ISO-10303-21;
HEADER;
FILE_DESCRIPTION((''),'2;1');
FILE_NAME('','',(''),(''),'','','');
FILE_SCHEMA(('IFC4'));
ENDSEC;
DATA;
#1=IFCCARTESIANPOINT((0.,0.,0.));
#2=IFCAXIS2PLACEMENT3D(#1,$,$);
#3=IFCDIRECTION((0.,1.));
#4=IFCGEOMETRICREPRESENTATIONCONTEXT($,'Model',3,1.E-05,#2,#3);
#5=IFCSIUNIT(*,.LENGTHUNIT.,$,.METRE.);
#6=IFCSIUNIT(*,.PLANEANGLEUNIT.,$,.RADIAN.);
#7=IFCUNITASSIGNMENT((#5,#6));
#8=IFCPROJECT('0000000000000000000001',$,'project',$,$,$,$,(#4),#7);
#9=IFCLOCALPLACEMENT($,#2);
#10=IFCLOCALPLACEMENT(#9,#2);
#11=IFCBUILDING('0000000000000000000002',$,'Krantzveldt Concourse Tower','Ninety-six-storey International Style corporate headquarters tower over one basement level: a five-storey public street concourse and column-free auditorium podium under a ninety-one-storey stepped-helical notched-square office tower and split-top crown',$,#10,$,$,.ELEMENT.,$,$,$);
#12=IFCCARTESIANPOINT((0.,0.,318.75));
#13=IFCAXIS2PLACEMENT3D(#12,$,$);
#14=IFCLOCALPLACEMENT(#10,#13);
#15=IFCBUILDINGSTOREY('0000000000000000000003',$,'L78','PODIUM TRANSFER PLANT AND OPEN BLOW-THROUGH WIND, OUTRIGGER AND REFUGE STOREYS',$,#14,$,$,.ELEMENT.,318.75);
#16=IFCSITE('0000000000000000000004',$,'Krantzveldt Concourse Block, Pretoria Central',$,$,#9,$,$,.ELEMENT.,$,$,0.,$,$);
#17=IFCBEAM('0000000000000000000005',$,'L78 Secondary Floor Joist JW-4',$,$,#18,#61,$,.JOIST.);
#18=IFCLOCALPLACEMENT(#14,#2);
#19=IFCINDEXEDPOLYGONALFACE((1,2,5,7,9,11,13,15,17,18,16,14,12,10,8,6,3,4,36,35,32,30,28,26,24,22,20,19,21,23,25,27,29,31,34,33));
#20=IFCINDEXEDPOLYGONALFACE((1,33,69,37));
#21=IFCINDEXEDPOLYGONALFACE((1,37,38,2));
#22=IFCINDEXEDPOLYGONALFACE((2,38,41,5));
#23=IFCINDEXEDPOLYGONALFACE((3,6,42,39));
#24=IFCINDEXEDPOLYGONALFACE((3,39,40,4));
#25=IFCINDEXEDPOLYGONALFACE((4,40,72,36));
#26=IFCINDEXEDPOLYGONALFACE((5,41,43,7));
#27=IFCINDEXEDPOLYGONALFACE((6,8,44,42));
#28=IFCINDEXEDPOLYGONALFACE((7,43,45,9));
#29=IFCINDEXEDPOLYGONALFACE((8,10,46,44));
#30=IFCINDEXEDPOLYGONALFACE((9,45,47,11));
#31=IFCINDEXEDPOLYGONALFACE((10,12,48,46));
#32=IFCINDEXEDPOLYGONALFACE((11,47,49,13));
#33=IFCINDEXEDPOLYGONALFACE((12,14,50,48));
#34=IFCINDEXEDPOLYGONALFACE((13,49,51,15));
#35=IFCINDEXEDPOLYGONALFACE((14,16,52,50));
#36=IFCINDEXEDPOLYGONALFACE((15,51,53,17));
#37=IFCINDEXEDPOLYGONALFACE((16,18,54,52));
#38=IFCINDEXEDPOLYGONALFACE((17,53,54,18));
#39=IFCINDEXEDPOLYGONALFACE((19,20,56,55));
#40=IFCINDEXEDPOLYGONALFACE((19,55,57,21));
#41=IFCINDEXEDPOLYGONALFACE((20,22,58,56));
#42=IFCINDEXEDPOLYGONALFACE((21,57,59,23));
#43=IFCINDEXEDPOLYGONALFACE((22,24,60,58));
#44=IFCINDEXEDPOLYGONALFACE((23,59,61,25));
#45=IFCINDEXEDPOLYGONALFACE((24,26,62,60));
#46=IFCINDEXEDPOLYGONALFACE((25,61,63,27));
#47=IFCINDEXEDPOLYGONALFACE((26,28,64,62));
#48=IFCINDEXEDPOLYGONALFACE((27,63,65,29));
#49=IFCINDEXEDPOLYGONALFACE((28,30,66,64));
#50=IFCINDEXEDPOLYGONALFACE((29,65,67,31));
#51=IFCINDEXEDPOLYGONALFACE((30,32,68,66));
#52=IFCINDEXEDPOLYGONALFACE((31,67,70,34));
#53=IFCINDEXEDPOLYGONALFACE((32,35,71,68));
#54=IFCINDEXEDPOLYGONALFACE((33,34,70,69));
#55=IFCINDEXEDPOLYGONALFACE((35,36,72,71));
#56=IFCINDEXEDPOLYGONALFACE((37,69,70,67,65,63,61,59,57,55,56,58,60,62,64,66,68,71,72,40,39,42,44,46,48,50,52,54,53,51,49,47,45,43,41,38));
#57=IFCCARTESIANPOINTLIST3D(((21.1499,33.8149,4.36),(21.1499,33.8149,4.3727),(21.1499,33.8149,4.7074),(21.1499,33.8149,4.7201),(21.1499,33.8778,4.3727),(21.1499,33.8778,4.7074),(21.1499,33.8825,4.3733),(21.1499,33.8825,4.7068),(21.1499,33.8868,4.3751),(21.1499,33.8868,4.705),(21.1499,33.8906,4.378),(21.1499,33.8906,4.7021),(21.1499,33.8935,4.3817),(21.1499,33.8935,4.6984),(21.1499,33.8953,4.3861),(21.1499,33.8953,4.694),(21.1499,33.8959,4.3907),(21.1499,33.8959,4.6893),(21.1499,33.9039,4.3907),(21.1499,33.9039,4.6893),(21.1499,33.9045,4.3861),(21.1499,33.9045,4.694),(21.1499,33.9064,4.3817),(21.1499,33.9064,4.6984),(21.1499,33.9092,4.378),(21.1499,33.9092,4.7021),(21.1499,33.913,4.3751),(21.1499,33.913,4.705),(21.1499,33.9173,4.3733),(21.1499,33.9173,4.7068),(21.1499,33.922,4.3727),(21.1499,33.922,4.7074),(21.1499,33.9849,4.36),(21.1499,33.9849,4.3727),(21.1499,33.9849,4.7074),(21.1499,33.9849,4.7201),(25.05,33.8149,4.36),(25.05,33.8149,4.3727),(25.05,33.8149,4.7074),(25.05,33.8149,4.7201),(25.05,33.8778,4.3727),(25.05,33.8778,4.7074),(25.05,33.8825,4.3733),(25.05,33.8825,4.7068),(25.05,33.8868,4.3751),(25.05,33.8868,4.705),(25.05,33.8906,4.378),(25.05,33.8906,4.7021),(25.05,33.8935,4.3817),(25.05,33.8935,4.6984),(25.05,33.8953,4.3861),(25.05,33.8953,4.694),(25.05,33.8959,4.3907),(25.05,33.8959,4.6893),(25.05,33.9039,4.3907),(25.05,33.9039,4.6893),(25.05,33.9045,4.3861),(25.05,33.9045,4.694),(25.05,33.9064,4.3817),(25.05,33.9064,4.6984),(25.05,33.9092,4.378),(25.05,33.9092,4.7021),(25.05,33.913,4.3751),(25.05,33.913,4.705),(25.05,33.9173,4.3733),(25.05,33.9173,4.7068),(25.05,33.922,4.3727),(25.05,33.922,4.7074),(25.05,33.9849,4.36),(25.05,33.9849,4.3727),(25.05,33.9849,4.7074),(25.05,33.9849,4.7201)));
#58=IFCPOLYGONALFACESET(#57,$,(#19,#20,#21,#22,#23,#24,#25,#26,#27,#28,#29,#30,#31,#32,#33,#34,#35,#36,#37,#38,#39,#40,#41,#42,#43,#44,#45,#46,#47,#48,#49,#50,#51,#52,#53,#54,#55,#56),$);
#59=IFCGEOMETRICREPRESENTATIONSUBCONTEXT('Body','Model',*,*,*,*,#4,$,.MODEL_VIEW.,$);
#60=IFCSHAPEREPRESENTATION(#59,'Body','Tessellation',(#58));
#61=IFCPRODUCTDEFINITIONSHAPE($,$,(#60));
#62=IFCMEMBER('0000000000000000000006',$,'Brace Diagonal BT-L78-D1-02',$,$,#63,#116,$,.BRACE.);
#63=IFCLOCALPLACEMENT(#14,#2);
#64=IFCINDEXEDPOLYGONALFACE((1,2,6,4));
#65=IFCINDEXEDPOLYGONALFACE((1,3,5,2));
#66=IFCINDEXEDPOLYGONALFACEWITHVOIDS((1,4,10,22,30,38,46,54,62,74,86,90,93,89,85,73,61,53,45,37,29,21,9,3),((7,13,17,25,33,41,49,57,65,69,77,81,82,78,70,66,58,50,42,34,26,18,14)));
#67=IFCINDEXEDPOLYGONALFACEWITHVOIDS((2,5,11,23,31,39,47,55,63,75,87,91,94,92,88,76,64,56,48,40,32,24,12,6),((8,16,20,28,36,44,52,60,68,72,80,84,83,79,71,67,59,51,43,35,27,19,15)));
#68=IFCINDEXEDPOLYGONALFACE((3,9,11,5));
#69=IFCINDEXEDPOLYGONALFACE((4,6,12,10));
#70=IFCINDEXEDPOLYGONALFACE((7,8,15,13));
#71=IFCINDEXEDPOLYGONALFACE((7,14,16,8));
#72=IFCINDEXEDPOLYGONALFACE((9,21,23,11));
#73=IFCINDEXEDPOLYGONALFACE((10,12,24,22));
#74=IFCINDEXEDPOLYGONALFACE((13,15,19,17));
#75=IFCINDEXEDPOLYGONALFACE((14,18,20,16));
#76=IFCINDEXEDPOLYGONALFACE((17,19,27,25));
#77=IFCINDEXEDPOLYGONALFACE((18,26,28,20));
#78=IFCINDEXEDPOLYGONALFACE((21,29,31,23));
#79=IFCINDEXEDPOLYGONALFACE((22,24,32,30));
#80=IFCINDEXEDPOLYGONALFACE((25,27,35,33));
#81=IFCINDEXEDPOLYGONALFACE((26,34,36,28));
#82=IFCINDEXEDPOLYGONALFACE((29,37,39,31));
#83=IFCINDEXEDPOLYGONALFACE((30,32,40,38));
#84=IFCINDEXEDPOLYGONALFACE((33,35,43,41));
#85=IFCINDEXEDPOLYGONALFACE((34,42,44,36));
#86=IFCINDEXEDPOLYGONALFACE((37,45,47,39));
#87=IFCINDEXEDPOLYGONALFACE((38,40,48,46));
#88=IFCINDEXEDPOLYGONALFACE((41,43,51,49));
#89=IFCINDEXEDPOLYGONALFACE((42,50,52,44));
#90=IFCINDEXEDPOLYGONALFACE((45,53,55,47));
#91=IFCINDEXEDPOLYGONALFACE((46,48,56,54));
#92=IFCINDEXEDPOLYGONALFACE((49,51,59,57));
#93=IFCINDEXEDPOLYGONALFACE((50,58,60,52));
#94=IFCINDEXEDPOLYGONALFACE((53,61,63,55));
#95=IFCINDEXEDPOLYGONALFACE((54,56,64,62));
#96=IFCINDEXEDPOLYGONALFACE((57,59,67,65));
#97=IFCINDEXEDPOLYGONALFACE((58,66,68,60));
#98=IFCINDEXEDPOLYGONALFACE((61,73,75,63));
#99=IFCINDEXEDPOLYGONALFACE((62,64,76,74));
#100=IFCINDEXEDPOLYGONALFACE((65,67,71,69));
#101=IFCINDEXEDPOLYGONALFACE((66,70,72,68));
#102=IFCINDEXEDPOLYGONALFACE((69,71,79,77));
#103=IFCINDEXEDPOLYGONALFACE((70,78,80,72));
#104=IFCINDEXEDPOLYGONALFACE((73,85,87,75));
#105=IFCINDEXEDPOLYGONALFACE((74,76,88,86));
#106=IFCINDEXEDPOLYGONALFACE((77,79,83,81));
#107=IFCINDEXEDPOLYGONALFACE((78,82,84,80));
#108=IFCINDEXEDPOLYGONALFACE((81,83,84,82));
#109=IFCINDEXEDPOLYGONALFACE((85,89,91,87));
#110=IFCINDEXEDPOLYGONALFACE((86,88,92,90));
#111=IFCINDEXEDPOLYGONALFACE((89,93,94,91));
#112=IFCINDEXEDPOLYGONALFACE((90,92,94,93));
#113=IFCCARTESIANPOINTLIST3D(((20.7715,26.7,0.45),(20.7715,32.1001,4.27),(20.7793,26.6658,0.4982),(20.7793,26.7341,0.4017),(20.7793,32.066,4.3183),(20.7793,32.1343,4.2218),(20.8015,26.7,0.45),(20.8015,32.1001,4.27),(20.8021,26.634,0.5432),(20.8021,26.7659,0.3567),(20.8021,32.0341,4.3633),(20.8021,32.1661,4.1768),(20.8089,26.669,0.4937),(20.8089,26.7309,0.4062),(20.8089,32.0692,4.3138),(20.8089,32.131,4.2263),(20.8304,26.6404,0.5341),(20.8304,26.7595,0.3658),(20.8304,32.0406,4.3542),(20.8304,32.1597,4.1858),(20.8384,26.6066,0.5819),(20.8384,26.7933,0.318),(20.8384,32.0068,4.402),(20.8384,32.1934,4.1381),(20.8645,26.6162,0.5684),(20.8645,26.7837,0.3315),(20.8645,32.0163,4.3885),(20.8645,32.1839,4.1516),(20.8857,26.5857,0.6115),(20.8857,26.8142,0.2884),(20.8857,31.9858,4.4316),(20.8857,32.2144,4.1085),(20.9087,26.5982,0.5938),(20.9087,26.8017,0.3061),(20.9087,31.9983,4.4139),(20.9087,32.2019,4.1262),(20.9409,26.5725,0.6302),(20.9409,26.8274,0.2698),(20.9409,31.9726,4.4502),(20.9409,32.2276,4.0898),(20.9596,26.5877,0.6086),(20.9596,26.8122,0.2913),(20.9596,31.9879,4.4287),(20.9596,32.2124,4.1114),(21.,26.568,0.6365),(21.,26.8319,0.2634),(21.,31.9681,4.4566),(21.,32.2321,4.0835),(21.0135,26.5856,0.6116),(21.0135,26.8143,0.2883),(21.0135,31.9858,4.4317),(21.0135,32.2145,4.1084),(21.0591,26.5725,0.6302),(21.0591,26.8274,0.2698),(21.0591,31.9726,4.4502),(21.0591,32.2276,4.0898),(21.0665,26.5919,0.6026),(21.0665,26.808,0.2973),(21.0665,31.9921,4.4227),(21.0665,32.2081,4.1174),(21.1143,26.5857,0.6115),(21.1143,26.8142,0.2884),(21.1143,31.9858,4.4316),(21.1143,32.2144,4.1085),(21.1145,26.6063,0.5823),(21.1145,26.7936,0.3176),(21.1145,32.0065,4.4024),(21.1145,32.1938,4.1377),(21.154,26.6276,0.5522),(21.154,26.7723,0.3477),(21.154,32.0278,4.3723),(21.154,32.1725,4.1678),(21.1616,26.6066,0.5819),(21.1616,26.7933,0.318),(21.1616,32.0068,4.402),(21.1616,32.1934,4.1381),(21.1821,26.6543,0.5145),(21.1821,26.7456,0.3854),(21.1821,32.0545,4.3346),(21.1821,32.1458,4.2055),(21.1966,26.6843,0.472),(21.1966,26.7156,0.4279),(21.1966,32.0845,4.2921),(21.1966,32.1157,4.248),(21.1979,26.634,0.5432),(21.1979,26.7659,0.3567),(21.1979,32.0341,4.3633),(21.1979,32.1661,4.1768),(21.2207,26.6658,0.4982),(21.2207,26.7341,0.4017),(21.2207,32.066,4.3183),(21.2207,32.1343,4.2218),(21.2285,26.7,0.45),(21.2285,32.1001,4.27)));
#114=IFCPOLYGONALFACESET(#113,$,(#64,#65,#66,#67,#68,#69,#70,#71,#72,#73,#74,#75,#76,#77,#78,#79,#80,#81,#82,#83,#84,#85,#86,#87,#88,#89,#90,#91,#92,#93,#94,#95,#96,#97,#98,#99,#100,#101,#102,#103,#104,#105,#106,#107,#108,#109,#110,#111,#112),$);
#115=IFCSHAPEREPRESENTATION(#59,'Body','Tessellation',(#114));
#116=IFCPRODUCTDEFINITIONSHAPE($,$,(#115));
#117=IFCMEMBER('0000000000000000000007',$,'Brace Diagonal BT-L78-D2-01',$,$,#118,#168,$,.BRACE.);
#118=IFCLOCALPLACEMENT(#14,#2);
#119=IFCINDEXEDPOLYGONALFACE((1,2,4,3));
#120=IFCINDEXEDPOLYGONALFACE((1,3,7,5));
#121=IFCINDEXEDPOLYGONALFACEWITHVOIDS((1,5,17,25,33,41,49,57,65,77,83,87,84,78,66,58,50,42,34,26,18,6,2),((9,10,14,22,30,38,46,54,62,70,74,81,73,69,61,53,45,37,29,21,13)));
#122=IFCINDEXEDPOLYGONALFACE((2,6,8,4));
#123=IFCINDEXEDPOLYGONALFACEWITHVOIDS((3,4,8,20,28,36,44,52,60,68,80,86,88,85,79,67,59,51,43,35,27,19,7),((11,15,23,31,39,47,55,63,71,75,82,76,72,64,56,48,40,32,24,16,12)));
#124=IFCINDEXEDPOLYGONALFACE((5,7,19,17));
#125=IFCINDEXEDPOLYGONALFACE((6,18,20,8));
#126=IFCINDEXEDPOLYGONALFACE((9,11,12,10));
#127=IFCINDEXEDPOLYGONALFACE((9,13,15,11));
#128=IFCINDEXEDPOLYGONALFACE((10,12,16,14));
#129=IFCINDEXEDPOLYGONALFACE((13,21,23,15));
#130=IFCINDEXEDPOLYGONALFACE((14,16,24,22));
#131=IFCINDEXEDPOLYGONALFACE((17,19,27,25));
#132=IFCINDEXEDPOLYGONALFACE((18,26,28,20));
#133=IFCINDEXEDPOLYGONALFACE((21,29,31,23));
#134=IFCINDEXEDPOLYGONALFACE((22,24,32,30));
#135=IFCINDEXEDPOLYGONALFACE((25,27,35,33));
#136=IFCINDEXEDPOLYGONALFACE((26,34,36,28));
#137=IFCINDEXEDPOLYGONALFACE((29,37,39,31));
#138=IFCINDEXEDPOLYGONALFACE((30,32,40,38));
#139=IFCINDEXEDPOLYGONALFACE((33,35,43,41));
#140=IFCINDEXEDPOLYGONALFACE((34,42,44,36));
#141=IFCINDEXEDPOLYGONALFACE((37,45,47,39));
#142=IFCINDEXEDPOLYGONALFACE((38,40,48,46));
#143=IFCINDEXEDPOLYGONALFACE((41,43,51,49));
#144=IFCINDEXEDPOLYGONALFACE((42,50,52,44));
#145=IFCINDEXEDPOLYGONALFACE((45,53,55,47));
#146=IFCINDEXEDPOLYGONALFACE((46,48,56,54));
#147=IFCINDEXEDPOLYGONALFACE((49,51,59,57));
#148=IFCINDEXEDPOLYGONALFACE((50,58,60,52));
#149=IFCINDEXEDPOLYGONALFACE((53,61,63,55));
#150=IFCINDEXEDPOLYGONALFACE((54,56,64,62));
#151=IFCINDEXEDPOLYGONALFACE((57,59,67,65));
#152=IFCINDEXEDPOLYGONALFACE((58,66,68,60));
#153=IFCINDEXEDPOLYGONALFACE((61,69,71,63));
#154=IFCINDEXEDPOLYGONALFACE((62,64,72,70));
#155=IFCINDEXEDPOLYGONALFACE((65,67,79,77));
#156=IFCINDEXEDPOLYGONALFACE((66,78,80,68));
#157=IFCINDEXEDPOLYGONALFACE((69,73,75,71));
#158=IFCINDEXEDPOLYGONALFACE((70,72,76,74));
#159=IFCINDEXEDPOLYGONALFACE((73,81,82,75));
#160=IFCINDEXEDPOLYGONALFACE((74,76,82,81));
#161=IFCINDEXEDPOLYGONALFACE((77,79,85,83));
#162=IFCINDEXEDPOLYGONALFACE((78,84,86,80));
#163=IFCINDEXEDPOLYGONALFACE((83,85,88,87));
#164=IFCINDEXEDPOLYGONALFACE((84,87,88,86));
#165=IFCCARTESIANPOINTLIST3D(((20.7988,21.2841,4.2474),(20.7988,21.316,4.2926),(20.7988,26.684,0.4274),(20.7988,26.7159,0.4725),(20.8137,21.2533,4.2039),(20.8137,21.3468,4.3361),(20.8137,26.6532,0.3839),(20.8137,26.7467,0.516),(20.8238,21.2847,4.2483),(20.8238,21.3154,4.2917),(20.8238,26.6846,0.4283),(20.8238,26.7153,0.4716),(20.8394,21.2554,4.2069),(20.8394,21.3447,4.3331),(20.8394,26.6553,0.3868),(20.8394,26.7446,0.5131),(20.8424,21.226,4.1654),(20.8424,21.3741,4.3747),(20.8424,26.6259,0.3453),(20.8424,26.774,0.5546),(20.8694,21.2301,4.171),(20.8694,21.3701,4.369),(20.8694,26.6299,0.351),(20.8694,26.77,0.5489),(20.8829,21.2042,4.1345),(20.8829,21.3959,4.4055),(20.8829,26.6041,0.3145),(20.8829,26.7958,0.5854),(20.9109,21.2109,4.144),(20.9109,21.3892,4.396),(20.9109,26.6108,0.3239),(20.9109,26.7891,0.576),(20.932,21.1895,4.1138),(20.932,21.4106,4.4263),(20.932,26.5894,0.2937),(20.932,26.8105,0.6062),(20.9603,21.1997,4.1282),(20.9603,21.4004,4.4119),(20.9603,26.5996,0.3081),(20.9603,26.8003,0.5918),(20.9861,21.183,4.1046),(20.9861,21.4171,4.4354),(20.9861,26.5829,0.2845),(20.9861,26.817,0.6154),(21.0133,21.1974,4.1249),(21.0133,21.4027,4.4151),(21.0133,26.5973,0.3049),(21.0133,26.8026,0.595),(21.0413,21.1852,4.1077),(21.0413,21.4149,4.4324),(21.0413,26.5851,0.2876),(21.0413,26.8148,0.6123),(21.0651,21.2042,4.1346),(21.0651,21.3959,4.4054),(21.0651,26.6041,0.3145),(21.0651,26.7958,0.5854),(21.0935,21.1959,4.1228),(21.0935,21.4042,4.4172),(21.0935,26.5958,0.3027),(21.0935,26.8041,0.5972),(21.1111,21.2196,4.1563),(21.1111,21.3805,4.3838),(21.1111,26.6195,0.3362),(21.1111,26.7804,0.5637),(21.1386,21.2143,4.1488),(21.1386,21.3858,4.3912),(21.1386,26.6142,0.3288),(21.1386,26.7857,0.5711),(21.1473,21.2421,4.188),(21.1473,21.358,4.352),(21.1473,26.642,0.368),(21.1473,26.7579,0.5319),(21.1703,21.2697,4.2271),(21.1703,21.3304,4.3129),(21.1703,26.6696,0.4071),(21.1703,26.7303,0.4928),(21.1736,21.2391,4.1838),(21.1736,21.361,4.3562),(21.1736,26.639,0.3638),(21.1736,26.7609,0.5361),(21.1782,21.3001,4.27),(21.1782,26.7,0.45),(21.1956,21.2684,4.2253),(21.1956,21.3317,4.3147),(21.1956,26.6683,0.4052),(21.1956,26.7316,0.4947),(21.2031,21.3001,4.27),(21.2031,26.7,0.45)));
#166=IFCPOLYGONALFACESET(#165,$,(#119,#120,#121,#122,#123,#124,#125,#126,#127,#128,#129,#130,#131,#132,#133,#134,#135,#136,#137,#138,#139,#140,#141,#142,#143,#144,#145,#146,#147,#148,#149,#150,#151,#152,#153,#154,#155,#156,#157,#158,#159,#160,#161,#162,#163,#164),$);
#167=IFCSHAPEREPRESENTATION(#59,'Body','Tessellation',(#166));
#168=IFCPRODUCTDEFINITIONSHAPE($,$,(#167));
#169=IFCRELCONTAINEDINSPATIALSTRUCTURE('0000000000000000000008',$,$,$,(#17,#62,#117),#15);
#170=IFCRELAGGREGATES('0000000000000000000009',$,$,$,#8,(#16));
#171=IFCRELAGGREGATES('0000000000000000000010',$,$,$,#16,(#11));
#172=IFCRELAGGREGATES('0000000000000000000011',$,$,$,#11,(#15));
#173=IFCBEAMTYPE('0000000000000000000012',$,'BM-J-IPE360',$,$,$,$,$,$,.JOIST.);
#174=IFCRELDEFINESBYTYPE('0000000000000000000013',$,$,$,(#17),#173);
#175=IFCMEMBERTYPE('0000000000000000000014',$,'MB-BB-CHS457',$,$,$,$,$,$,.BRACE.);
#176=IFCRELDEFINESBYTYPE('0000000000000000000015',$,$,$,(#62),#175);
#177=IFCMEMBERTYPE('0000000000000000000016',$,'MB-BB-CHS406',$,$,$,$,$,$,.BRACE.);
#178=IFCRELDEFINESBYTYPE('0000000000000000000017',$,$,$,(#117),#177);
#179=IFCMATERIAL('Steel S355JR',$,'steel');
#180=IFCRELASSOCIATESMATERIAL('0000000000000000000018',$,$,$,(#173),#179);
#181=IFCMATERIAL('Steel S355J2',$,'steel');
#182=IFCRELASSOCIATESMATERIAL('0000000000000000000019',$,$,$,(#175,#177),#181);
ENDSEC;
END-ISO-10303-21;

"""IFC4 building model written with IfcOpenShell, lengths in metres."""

from ifc_helpers import new_model, si_unit, direction, frame, origin, origin_2d, place, context, subcontext, project, spatial, hollow_circle, i_section, extrude, source, transform, mapped, material, material_profile, profile_set, type_object, type_shapes, element, save


model = new_model("IFC4")

# Units and contexts
model_context = context("Model", 3, precision=1e-05, world=origin(), true_north=direction((0.0, 1.0)))
body_context = subcontext(model_context, "Body", "Model", "MODEL_VIEW")
ifc_project = project(units=[si_unit("LENGTHUNIT", "METRE"), si_unit("PLANEANGLEUNIT", "RADIAN")], contexts=[model_context])

# Site, building, storey
site_placement = place(None, origin())
site = spatial("IfcSite", under=ifc_project, at=site_placement, Name="Krantzveldt Concourse Block, Pretoria Central", CompositionType="ELEMENT", RefElevation=0.0)
building_placement = place(site_placement, origin())
building = spatial("IfcBuilding", under=site, at=building_placement, Name="Krantzveldt Concourse Tower", Description="Ninety-six-storey International Style corporate headquarters tower over one basement level: a five-storey public street concourse and column-free auditorium podium under a ninety-one-storey stepped-helical notched-square office tower and split-top crown", CompositionType="ELEMENT")
storey_placement = place(building_placement, frame((0.0, 0.0, 318.75)))
storey = spatial("IfcBuildingStorey", under=building, at=storey_placement, Name="L78", Description="PODIUM TRANSFER PLANT AND OPEN BLOW-THROUGH WIND, OUTRIGGER AND REFUGE STOREYS", CompositionType="ELEMENT", Elevation=318.75)

# Shared definitions
ifc_material_1 = material(Name="Steel S355J2", Category="steel")

# Beam
ifc_material_2 = material(Name="Steel S355JR", Category="steel")
ifc_material_profile_1 = material_profile(ifc_material_2, i_section(OverallWidth=0.1699, OverallDepth=0.3601, WebThickness=0.0081, FlangeThickness=0.0127, FilletRadius=0.0181, at=origin_2d()), Name="Steel S355JR", Category="steel")
ifc_profile_set_1 = profile_set([ifc_material_profile_1], Name="Steel S355JR - IPE 360")
beam_type_1 = type_object("IfcBeamType", Name="BM-J-IPE360", PredefinedType="JOIST", material=ifc_profile_set_1)
shared_shape_1 = source(origin(), body_context, "Body", "SweptSolid", [
    extrude(i_section(OverallWidth=0.1699, OverallDepth=0.3601, WebThickness=0.0081, FlangeThickness=0.0127, FilletRadius=0.0181, at=origin_2d()), origin(), (0.0, 0.0, 1.0), 3.9001),
])
type_shapes(beam_type_1, [shared_shape_1])
for number, where, z_axis, x_axis, name in (
    (1, (21.1499, 33.8999, 4.54), (1.0, 0.0, 0.0), (0.0, 1.0, 0.0), "L78 Secondary Floor Joist JW-4"),
):
    element("IfcBeam", number, at=place(storey_placement, frame(where, z_axis=z_axis, x_axis=x_axis)), inside=storey, type_object=beam_type_1, Name=name, PredefinedType="JOIST", context=body_context, shape_type="MappedRepresentation", body=[
        mapped(shared_shape_1, transform((0.0, 0.0, 0.0), x_axis=(1.0, 0.0, 0.0), y_axis=(0.0, 1.0, 0.0), z_axis=(0.0, 0.0, 1.0), scale=1.0)),
    ])

# Members
ifc_material_profile_2 = material_profile(ifc_material_1, hollow_circle(Radius=0.2285, WallThickness=0.03, at=origin_2d()), Name="Steel S355J2", Category="steel")
ifc_profile_set_2 = profile_set([ifc_material_profile_2], Name="Steel S355J2 - CHS 457x30")
member_type_1 = type_object("IfcMemberType", Name="MB-BB-CHS457", PredefinedType="BRACE", material=ifc_profile_set_2)
shared_shape_2 = source(origin(), body_context, "Body", "SweptSolid", [
    extrude(hollow_circle(Radius=0.2285, WallThickness=0.03, at=origin_2d()), origin(), (0.0, 0.0, 1.0), 6.6147),
])
member_1_placement = place(storey_placement, frame((21.0, 26.7, 0.45), z_axis=(0.0, 0.816383, 0.57751), x_axis=(-1.0, 0.0, 0.0)))
element("IfcMember", 2, at=member_1_placement, inside=storey, type_object=member_type_1, Name="Brace Diagonal BT-L78-D1-02", PredefinedType="BRACE", context=body_context, shape_type="MappedRepresentation", body=[
    mapped(shared_shape_2, transform((0.0, 0.0, 0.0), x_axis=(1.0, 0.0, 0.0), y_axis=(0.0, 1.0, 0.0), z_axis=(0.0, 0.0, 1.0), scale=1.0)),
])
ifc_material_profile_3 = material_profile(ifc_material_1, hollow_circle(Radius=0.2031, WallThickness=0.0249, at=origin_2d()), Name="Steel S355J2", Category="steel")
ifc_profile_set_3 = profile_set([ifc_material_profile_3], Name="Steel S355J2 - CHS 406.4x25")
member_type_2 = type_object("IfcMemberType", Name="MB-BB-CHS406", PredefinedType="BRACE", material=ifc_profile_set_3)
shared_shape_3 = source(origin(), body_context, "Body", "SweptSolid", [
    extrude(hollow_circle(Radius=0.2031, WallThickness=0.0249, at=origin_2d()), origin(), (0.0, 0.0, 1.0), 6.6145),
])
type_shapes(member_type_2, [shared_shape_3])
for number, where, z_axis, x_axis, name in (
    (3, (21.0, 26.7, 0.45), (0.0, -0.816371, 0.577528), (1.0, 0.0, 0.0), "Brace Diagonal BT-L78-D2-01"),
):
    element("IfcMember", number, at=place(storey_placement, frame(where, z_axis=z_axis, x_axis=x_axis)), inside=storey, type_object=member_type_2, Name=name, PredefinedType="BRACE", context=body_context, shape_type="MappedRepresentation", body=[
        mapped(shared_shape_3, transform((0.0, 0.0, 0.0), x_axis=(1.0, 0.0, 0.0), y_axis=(0.0, 1.0, 0.0), z_axis=(0.0, 0.0, 1.0), scale=1.0)),
    ])

save(model, "model.ifc")
